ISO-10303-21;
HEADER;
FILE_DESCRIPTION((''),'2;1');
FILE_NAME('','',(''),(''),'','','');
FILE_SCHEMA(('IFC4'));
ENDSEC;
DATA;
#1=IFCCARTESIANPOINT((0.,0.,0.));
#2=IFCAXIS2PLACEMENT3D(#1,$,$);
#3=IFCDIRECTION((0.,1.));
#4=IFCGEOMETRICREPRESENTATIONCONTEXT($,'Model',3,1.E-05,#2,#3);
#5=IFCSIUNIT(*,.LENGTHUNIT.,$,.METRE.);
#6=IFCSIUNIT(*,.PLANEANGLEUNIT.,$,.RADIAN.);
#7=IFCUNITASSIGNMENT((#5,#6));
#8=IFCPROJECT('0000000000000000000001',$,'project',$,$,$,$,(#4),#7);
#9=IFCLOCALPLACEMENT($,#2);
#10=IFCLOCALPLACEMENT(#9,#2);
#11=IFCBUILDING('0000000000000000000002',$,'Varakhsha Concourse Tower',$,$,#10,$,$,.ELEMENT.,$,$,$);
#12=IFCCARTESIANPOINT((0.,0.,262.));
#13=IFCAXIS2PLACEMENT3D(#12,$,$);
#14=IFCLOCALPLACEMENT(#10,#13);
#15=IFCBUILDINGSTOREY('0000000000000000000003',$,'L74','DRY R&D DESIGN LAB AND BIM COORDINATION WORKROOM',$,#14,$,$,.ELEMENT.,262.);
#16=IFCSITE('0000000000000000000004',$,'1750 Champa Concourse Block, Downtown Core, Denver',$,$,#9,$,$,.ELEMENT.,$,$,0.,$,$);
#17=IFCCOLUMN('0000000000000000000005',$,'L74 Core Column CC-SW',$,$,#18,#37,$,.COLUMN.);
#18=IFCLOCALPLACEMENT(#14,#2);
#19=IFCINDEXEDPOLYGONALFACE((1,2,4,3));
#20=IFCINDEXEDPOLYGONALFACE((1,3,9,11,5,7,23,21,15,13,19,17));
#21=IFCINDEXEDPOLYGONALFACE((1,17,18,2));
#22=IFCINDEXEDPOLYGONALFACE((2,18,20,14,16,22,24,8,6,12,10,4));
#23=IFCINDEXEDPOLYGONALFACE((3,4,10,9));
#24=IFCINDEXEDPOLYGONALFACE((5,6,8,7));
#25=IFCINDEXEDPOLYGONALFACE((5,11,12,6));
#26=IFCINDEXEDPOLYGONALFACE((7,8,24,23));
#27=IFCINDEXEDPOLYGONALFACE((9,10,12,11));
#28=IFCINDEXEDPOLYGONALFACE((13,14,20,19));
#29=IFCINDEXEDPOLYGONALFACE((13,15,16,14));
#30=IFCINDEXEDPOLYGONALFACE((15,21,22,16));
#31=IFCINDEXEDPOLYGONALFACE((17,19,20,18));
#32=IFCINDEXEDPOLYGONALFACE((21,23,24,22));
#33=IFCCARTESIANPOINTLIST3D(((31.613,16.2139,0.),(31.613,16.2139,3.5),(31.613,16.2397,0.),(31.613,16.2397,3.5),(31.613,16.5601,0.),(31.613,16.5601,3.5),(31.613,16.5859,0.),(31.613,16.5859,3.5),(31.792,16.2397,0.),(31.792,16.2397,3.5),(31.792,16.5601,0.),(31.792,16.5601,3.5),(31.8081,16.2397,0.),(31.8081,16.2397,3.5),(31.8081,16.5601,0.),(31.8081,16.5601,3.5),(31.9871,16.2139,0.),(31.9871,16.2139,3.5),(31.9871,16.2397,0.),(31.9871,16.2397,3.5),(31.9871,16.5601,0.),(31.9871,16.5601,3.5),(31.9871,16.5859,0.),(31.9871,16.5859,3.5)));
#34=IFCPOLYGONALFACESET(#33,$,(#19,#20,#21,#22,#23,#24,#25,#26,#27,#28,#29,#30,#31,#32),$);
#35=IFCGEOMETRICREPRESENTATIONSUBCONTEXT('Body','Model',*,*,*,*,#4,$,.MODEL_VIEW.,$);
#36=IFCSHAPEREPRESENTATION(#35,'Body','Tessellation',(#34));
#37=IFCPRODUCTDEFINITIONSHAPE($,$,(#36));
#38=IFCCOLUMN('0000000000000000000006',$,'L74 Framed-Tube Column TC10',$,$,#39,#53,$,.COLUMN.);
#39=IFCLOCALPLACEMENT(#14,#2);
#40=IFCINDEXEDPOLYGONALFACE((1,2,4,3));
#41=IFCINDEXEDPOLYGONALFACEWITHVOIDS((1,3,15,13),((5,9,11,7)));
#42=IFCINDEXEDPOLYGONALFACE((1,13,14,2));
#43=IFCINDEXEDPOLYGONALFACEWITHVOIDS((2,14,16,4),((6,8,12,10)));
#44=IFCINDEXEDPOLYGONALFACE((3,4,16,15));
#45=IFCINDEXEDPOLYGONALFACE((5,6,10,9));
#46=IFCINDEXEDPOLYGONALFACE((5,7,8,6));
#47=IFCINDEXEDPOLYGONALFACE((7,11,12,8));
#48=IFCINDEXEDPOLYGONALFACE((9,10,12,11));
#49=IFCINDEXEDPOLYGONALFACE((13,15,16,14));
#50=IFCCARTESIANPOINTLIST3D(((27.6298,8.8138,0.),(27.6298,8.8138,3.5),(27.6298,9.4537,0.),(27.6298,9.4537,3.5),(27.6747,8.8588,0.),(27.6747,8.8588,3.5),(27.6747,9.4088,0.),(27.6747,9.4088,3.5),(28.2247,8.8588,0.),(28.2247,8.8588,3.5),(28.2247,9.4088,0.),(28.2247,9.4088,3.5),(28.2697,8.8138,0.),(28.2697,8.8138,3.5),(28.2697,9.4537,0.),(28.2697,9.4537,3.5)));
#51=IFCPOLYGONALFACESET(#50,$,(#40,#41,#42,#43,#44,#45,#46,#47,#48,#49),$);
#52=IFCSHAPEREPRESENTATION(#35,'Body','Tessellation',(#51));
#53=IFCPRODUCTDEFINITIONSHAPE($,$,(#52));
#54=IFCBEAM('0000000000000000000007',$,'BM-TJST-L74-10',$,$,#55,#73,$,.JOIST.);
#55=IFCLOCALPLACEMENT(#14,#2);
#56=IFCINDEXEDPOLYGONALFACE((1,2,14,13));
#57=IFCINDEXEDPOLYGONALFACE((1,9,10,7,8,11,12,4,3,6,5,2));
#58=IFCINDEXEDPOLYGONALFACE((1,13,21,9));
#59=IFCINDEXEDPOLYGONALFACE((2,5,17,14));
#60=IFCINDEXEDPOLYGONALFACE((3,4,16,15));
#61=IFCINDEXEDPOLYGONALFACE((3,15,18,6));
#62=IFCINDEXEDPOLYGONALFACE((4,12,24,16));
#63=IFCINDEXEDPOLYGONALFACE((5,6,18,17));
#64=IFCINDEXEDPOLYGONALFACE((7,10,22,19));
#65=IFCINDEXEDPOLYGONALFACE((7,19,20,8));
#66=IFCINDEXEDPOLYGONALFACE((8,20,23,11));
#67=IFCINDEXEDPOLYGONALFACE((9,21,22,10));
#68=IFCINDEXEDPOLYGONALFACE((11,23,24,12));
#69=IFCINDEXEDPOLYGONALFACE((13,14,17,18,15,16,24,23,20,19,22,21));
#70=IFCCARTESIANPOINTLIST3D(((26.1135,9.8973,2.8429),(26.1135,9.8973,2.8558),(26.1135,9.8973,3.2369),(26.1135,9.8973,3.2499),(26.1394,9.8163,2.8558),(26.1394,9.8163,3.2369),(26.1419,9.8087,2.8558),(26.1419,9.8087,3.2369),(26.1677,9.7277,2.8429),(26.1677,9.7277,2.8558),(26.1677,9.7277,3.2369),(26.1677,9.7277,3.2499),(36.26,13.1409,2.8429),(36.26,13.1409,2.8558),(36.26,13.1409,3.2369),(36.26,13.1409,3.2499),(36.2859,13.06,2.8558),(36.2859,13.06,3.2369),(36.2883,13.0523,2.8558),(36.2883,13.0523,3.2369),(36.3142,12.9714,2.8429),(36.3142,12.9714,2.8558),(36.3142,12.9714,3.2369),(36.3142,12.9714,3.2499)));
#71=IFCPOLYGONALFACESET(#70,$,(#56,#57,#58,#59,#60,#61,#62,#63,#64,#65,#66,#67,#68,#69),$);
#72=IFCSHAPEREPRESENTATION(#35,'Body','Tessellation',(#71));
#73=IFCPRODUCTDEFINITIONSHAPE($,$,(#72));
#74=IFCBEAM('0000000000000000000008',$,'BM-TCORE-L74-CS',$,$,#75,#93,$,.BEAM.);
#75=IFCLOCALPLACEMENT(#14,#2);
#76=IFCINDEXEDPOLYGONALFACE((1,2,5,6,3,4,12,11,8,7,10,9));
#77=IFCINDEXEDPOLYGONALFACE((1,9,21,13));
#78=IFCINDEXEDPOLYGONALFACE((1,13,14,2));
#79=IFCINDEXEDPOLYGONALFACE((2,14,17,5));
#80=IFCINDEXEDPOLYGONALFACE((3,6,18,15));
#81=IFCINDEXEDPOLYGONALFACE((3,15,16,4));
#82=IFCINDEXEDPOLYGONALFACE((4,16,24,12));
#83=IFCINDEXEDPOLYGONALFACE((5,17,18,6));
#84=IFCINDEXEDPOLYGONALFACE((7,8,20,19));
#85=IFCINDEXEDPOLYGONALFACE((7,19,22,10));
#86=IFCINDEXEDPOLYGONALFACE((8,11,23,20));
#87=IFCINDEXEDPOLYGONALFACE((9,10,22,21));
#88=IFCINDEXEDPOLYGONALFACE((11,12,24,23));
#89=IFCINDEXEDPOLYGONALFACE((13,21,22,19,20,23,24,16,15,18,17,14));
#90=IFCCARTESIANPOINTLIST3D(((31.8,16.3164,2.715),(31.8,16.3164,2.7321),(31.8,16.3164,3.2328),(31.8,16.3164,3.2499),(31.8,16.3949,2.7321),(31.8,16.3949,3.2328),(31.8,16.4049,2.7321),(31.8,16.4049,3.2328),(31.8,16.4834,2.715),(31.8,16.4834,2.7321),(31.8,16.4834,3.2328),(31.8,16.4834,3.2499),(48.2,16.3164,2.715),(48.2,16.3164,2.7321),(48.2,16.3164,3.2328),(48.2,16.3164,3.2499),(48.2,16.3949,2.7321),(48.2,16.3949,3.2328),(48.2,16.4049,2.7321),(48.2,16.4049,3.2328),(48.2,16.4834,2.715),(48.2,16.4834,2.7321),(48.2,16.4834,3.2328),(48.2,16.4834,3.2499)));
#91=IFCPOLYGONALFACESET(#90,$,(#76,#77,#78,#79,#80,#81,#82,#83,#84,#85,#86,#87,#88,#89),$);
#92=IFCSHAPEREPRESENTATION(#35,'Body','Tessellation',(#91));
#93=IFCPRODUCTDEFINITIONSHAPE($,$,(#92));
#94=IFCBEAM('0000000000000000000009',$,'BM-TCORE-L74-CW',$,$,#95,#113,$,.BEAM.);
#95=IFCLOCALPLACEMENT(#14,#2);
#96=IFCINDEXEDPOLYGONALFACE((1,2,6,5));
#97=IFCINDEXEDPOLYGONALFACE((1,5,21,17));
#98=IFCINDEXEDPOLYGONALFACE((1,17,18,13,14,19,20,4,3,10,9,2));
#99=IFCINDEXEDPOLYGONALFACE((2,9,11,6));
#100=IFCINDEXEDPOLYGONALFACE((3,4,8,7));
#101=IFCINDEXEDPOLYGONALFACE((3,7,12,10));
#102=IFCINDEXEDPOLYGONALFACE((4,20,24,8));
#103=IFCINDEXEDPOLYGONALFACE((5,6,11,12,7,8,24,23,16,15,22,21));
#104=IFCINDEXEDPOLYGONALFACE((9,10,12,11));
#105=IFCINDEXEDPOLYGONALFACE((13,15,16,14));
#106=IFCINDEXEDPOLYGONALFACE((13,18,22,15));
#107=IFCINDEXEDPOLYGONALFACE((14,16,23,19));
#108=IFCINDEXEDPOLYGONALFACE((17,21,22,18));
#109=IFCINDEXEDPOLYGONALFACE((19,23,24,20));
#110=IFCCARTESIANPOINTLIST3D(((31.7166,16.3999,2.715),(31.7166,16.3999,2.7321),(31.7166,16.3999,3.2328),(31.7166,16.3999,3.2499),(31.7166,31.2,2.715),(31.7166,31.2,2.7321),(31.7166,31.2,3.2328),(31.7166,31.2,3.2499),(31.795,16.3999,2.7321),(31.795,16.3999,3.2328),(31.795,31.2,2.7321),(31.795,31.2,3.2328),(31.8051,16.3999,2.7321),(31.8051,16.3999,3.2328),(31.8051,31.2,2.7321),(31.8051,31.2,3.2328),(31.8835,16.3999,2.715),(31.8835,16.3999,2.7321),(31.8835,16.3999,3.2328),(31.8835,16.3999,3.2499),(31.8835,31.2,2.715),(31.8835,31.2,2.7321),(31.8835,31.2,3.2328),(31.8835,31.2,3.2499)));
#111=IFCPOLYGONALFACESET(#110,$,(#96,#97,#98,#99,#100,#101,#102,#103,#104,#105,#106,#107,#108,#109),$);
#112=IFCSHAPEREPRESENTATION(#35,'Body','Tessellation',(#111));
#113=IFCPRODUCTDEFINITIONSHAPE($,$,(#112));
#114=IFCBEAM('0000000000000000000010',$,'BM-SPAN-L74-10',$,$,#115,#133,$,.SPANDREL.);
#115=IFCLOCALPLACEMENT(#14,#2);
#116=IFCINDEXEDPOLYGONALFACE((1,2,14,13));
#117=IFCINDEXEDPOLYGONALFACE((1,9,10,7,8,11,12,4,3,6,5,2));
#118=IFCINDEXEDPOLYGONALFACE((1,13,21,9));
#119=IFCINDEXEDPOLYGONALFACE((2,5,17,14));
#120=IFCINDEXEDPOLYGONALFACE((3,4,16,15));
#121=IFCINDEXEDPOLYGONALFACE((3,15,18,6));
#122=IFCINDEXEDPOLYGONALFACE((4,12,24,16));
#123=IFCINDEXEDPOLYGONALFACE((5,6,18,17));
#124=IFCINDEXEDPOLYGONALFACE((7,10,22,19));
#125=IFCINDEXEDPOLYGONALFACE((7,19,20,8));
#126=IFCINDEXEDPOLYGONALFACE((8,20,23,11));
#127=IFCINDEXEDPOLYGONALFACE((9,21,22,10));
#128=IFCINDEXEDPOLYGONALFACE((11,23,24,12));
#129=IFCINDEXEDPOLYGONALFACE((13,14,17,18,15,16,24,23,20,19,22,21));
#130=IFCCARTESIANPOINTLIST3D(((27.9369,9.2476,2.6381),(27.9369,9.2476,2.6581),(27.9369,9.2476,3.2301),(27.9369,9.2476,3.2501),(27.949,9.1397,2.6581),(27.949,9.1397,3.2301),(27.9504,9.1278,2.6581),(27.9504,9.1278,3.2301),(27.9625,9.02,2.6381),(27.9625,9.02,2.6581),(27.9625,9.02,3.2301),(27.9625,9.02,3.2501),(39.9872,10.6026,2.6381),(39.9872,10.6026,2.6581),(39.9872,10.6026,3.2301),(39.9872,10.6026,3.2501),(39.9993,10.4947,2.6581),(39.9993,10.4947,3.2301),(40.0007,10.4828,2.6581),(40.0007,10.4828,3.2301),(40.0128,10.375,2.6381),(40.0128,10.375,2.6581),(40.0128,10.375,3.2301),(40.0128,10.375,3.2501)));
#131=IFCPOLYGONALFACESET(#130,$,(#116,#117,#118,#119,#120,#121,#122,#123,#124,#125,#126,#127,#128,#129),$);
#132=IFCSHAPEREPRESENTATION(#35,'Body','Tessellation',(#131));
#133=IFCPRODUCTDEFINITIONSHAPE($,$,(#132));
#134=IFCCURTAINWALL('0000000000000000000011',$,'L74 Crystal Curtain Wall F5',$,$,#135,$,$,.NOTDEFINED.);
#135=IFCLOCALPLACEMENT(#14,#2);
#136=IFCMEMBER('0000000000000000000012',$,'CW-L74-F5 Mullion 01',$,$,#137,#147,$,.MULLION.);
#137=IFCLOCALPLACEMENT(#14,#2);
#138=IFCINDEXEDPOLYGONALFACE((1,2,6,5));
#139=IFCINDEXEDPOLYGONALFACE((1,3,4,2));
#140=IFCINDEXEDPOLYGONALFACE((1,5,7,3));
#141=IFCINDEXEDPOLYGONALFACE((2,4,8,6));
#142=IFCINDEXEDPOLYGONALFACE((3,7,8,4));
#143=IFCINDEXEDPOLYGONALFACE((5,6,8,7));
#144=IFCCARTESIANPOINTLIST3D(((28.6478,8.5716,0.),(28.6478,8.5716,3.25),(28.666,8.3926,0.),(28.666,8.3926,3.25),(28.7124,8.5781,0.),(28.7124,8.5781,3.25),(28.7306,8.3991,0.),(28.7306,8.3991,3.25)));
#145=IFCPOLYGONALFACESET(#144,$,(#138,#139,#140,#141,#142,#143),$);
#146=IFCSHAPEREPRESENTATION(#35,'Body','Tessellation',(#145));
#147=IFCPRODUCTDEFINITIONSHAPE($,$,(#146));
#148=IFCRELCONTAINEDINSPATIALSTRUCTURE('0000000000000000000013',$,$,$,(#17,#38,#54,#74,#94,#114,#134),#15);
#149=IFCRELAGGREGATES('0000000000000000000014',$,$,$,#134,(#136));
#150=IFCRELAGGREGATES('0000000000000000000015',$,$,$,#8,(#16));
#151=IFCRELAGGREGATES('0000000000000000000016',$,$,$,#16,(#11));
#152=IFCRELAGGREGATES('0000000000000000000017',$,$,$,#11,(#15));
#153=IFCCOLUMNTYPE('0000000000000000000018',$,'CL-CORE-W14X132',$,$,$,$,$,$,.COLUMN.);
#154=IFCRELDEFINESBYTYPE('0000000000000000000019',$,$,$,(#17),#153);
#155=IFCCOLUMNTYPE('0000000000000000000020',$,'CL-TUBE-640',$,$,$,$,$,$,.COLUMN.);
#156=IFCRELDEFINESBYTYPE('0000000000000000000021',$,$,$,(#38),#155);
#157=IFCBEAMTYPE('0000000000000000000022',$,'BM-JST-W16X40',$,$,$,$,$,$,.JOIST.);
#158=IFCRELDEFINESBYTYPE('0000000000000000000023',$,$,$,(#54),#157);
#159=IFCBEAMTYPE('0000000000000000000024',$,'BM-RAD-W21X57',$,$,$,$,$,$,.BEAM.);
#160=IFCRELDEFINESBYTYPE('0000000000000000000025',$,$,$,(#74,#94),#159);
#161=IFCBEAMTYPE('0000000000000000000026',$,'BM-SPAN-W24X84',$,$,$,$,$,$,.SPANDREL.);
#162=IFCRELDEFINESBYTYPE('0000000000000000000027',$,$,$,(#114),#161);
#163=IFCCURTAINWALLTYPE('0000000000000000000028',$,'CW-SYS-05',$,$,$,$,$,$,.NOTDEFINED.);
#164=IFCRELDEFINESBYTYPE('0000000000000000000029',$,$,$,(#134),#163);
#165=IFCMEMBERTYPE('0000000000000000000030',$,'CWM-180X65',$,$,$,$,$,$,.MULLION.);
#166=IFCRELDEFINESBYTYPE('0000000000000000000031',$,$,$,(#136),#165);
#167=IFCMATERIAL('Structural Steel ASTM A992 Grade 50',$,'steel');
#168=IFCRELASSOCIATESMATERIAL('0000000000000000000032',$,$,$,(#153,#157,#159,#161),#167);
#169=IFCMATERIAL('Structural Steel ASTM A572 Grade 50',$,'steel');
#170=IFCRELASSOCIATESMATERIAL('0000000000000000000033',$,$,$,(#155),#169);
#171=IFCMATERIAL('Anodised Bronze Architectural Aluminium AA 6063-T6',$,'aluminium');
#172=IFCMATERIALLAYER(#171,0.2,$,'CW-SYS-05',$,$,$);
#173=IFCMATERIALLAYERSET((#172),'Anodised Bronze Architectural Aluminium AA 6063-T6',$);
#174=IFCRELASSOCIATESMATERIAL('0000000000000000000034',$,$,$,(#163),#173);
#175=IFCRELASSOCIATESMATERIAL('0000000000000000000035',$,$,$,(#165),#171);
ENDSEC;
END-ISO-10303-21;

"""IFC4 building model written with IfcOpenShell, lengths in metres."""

from ifc_helpers import new_model, si_unit, direction, frame, origin, origin_2d, place, context, subcontext, project, spatial, rectangle, hollow_rectangle, i_section, extrude, source, transform, mapped, material, layer, layer_set, material_profile, profile_set, type_object, type_shapes, element, aggregate, save


model = new_model("IFC4")

# Units and contexts
model_context = context("Model", 3, precision=1e-05, world=origin(), true_north=direction((0.0, 1.0)))
body_context = subcontext(model_context, "Body", "Model", "MODEL_VIEW")
ifc_project = project(units=[si_unit("LENGTHUNIT", "METRE"), si_unit("PLANEANGLEUNIT", "RADIAN")], contexts=[model_context])

# Site, building, storey
site_placement = place(None, origin())
site = spatial("IfcSite", under=ifc_project, at=site_placement, Name="1750 Champa Concourse Block, Downtown Core, Denver", CompositionType="ELEMENT", RefElevation=0.0)
building_placement = place(site_placement, origin())
building = spatial("IfcBuilding", under=site, at=building_placement, Name="Varakhsha Concourse Tower", CompositionType="ELEMENT")
storey_placement = place(building_placement, frame((0.0, 0.0, 262.0)))
storey = spatial("IfcBuildingStorey", under=building, at=storey_placement, Name="L74", Description="DRY R&D DESIGN LAB AND BIM COORDINATION WORKROOM", CompositionType="ELEMENT", Elevation=262.0)

# Columns
ifc_material_1 = material(Name="Structural Steel ASTM A992 Grade 50", Category="steel")
ifc_material_profile_1 = material_profile(ifc_material_1, i_section(OverallWidth=0.374, OverallDepth=0.3721, WebThickness=0.0161, FlangeThickness=0.0259, at=origin_2d()), Name="W14X132")
ifc_profile_set_1 = profile_set([ifc_material_profile_1], Name="Structural Steel ASTM A992 Grade 50")
column_type_1 = type_object("IfcColumnType", Name="CL-CORE-W14X132", PredefinedType="COLUMN", material=ifc_profile_set_1)
column_1_placement = place(storey_placement, frame((31.8, 16.3999, 0.0), z_axis=(0.0, 0.0, 1.0), x_axis=(1.0, 0.0, 0.0)))
element("IfcColumn", 1, at=column_1_placement, inside=storey, type_object=column_type_1, Name="L74 Core Column CC-SW", PredefinedType="COLUMN", context=body_context, shape_type="SweptSolid", body=[
    extrude(i_section(OverallWidth=0.374, OverallDepth=0.3721, WebThickness=0.0161, FlangeThickness=0.0259, at=origin_2d()), origin(), (0.0, 0.0, 1.0), 3.5),
])
ifc_material_2 = material(Name="Structural Steel ASTM A572 Grade 50", Category="steel")
ifc_material_profile_2 = material_profile(ifc_material_2, hollow_rectangle(XDim=0.6399, YDim=0.6399, WallThickness=0.0449, at=origin_2d()), Name="BOX 640x640x45")
ifc_profile_set_2 = profile_set([ifc_material_profile_2], Name="Structural Steel ASTM A572 Grade 50")
column_type_2 = type_object("IfcColumnType", Name="CL-TUBE-640", PredefinedType="COLUMN", material=ifc_profile_set_2)
column_2_placement = place(storey_placement, frame((27.9497, 9.1338, 0.0), z_axis=(0.0, 0.0, 1.0), x_axis=(1.0, 0.0, 0.0)))
element("IfcColumn", 2, at=column_2_placement, inside=storey, type_object=column_type_2, Name="L74 Framed-Tube Column TC10", PredefinedType="COLUMN", context=body_context, shape_type="SweptSolid", body=[
    extrude(hollow_rectangle(XDim=0.6399, YDim=0.6399, WallThickness=0.0449, at=origin_2d()), origin(), (0.0, 0.0, 1.0), 3.5),
])

# Beams
ifc_material_profile_3 = material_profile(ifc_material_1, i_section(OverallWidth=0.178, OverallDepth=0.407, WebThickness=0.0081, FlangeThickness=0.0129, at=origin_2d()), Name="W16X40")
ifc_profile_set_3 = profile_set([ifc_material_profile_3], Name="Structural Steel ASTM A992 Grade 50")
beam_type_1 = type_object("IfcBeamType", Name="BM-JST-W16X40", PredefinedType="JOIST", material=ifc_profile_set_3)
beam_1_placement = place(storey_placement, frame((26.1406, 9.8125, 3.0464), z_axis=(0.952512, 0.304501, 0.0), x_axis=(-0.304501, 0.952512, 0.0)))
element("IfcBeam", 3, at=beam_1_placement, inside=storey, type_object=beam_type_1, Name="BM-TJST-L74-10", PredefinedType="JOIST", context=body_context, shape_type="SweptSolid", body=[
    extrude(i_section(OverallWidth=0.178, OverallDepth=0.407, WebThickness=0.0081, FlangeThickness=0.0129, at=origin_2d()), origin(), (0.0, 0.0, 1.0), 10.6523),
])
ifc_material_profile_4 = material_profile(ifc_material_1, i_section(OverallWidth=0.167, OverallDepth=0.5349, WebThickness=0.01, FlangeThickness=0.0171, at=origin_2d()), Name="W21X57")
ifc_profile_set_4 = profile_set([ifc_material_profile_4], Name="Structural Steel ASTM A992 Grade 50")
beam_type_2 = type_object("IfcBeamType", Name="BM-RAD-W21X57", PredefinedType="BEAM", material=ifc_profile_set_4)
beam_2_placement = place(storey_placement, frame((31.8, 16.3999, 2.9824), z_axis=(1.0, 0.0, 0.0), x_axis=(0.0, 1.0, 0.0)))
element("IfcBeam", 4, at=beam_2_placement, inside=storey, type_object=beam_type_2, Name="BM-TCORE-L74-CS", PredefinedType="BEAM", context=body_context, shape_type="SweptSolid", body=[
    extrude(i_section(OverallWidth=0.167, OverallDepth=0.5349, WebThickness=0.01, FlangeThickness=0.0171, at=origin_2d()), origin(), (0.0, 0.0, 1.0), 16.3999),
])
beam_3_placement = place(storey_placement, frame((31.8, 16.3999, 2.9824), z_axis=(0.0, 1.0, 0.0), x_axis=(-1.0, 0.0, 0.0)))
element("IfcBeam", 5, at=beam_3_placement, inside=storey, type_object=beam_type_2, Name="BM-TCORE-L74-CW", PredefinedType="BEAM", context=body_context, shape_type="SweptSolid", body=[
    extrude(i_section(OverallWidth=0.167, OverallDepth=0.5349, WebThickness=0.01, FlangeThickness=0.0171, at=origin_2d()), origin(), (0.0, 0.0, 1.0), 14.8),
])
ifc_material_profile_5 = material_profile(ifc_material_1, i_section(OverallWidth=0.229, OverallDepth=0.6121, WebThickness=0.012, FlangeThickness=0.02, at=origin_2d()), Name="W24X84")
ifc_profile_set_5 = profile_set([ifc_material_profile_5], Name="Structural Steel ASTM A992 Grade 50")
beam_type_3 = type_object("IfcBeamType", Name="BM-SPAN-W24X84", PredefinedType="SPANDREL", material=ifc_profile_set_5)
beam_4_placement = place(storey_placement, frame((27.9497, 9.1338, 2.9441), z_axis=(0.993738, 0.11174, 0.0), x_axis=(-0.11174, 0.993738, 0.0)))
element("IfcBeam", 6, at=beam_4_placement, inside=storey, type_object=beam_type_3, Name="BM-SPAN-L74-10", PredefinedType="SPANDREL", context=body_context, shape_type="SweptSolid", body=[
    extrude(i_section(OverallWidth=0.229, OverallDepth=0.6121, WebThickness=0.012, FlangeThickness=0.02, at=origin_2d()), origin(), (0.0, 0.0, 1.0), 12.1262),
])

# Curtain wall, member
ifc_material_3 = material(Name="Anodised Bronze Architectural Aluminium AA 6063-T6", Category="aluminium")
ifc_layer_1 = layer(ifc_material_3, 0.2, Name="CW-SYS-05")
ifc_layer_set_1 = layer_set([ifc_layer_1], Name="Anodised Bronze Architectural Aluminium AA 6063-T6")
curtain_wall_type = type_object("IfcCurtainWallType", Name="CW-SYS-05", PredefinedType="NOTDEFINED", material=ifc_layer_set_1)
curtain_wall_placement = place(storey_placement, origin())
curtain_wall = element("IfcCurtainWall", 7, at=curtain_wall_placement, inside=storey, type_object=curtain_wall_type, Name="L74 Crystal Curtain Wall F5", PredefinedType="NOTDEFINED")
ifc_material_profile_6 = material_profile(ifc_material_3, rectangle(XDim=0.0649, YDim=0.1799, at=origin_2d()), Name="CWM-180X65")
ifc_profile_set_6 = profile_set([ifc_material_profile_6], Name="Anodised Bronze Architectural Aluminium AA 6063-T6")
member_type = type_object("IfcMemberType", Name="CWM-180X65", PredefinedType="MULLION", material=ifc_profile_set_6)
shared_shape = source(origin(), body_context, "Body", "SweptSolid", [
    extrude(rectangle(XDim=0.0649, YDim=0.1799, at=origin_2d()), origin(), (0.0, 0.0, 1.0), 3.25),
])
type_shapes(member_type, [shared_shape])
member_placement = place(storey_placement, frame((28.6892, 8.4854, 0.0), z_axis=(0.0, 0.0, 1.0), x_axis=(-0.994852, -0.101336, 0.0)))
member = element("IfcMember", 8, at=member_placement, type_object=member_type, Name="CW-L74-F5 Mullion 01", PredefinedType="MULLION", context=body_context, shape_type="MappedRepresentation", body=[
    mapped(shared_shape, transform((0.0, 0.0, 0.0), scale=1.0)),
])
aggregate(curtain_wall, [member])

save(model, "model.ifc")
